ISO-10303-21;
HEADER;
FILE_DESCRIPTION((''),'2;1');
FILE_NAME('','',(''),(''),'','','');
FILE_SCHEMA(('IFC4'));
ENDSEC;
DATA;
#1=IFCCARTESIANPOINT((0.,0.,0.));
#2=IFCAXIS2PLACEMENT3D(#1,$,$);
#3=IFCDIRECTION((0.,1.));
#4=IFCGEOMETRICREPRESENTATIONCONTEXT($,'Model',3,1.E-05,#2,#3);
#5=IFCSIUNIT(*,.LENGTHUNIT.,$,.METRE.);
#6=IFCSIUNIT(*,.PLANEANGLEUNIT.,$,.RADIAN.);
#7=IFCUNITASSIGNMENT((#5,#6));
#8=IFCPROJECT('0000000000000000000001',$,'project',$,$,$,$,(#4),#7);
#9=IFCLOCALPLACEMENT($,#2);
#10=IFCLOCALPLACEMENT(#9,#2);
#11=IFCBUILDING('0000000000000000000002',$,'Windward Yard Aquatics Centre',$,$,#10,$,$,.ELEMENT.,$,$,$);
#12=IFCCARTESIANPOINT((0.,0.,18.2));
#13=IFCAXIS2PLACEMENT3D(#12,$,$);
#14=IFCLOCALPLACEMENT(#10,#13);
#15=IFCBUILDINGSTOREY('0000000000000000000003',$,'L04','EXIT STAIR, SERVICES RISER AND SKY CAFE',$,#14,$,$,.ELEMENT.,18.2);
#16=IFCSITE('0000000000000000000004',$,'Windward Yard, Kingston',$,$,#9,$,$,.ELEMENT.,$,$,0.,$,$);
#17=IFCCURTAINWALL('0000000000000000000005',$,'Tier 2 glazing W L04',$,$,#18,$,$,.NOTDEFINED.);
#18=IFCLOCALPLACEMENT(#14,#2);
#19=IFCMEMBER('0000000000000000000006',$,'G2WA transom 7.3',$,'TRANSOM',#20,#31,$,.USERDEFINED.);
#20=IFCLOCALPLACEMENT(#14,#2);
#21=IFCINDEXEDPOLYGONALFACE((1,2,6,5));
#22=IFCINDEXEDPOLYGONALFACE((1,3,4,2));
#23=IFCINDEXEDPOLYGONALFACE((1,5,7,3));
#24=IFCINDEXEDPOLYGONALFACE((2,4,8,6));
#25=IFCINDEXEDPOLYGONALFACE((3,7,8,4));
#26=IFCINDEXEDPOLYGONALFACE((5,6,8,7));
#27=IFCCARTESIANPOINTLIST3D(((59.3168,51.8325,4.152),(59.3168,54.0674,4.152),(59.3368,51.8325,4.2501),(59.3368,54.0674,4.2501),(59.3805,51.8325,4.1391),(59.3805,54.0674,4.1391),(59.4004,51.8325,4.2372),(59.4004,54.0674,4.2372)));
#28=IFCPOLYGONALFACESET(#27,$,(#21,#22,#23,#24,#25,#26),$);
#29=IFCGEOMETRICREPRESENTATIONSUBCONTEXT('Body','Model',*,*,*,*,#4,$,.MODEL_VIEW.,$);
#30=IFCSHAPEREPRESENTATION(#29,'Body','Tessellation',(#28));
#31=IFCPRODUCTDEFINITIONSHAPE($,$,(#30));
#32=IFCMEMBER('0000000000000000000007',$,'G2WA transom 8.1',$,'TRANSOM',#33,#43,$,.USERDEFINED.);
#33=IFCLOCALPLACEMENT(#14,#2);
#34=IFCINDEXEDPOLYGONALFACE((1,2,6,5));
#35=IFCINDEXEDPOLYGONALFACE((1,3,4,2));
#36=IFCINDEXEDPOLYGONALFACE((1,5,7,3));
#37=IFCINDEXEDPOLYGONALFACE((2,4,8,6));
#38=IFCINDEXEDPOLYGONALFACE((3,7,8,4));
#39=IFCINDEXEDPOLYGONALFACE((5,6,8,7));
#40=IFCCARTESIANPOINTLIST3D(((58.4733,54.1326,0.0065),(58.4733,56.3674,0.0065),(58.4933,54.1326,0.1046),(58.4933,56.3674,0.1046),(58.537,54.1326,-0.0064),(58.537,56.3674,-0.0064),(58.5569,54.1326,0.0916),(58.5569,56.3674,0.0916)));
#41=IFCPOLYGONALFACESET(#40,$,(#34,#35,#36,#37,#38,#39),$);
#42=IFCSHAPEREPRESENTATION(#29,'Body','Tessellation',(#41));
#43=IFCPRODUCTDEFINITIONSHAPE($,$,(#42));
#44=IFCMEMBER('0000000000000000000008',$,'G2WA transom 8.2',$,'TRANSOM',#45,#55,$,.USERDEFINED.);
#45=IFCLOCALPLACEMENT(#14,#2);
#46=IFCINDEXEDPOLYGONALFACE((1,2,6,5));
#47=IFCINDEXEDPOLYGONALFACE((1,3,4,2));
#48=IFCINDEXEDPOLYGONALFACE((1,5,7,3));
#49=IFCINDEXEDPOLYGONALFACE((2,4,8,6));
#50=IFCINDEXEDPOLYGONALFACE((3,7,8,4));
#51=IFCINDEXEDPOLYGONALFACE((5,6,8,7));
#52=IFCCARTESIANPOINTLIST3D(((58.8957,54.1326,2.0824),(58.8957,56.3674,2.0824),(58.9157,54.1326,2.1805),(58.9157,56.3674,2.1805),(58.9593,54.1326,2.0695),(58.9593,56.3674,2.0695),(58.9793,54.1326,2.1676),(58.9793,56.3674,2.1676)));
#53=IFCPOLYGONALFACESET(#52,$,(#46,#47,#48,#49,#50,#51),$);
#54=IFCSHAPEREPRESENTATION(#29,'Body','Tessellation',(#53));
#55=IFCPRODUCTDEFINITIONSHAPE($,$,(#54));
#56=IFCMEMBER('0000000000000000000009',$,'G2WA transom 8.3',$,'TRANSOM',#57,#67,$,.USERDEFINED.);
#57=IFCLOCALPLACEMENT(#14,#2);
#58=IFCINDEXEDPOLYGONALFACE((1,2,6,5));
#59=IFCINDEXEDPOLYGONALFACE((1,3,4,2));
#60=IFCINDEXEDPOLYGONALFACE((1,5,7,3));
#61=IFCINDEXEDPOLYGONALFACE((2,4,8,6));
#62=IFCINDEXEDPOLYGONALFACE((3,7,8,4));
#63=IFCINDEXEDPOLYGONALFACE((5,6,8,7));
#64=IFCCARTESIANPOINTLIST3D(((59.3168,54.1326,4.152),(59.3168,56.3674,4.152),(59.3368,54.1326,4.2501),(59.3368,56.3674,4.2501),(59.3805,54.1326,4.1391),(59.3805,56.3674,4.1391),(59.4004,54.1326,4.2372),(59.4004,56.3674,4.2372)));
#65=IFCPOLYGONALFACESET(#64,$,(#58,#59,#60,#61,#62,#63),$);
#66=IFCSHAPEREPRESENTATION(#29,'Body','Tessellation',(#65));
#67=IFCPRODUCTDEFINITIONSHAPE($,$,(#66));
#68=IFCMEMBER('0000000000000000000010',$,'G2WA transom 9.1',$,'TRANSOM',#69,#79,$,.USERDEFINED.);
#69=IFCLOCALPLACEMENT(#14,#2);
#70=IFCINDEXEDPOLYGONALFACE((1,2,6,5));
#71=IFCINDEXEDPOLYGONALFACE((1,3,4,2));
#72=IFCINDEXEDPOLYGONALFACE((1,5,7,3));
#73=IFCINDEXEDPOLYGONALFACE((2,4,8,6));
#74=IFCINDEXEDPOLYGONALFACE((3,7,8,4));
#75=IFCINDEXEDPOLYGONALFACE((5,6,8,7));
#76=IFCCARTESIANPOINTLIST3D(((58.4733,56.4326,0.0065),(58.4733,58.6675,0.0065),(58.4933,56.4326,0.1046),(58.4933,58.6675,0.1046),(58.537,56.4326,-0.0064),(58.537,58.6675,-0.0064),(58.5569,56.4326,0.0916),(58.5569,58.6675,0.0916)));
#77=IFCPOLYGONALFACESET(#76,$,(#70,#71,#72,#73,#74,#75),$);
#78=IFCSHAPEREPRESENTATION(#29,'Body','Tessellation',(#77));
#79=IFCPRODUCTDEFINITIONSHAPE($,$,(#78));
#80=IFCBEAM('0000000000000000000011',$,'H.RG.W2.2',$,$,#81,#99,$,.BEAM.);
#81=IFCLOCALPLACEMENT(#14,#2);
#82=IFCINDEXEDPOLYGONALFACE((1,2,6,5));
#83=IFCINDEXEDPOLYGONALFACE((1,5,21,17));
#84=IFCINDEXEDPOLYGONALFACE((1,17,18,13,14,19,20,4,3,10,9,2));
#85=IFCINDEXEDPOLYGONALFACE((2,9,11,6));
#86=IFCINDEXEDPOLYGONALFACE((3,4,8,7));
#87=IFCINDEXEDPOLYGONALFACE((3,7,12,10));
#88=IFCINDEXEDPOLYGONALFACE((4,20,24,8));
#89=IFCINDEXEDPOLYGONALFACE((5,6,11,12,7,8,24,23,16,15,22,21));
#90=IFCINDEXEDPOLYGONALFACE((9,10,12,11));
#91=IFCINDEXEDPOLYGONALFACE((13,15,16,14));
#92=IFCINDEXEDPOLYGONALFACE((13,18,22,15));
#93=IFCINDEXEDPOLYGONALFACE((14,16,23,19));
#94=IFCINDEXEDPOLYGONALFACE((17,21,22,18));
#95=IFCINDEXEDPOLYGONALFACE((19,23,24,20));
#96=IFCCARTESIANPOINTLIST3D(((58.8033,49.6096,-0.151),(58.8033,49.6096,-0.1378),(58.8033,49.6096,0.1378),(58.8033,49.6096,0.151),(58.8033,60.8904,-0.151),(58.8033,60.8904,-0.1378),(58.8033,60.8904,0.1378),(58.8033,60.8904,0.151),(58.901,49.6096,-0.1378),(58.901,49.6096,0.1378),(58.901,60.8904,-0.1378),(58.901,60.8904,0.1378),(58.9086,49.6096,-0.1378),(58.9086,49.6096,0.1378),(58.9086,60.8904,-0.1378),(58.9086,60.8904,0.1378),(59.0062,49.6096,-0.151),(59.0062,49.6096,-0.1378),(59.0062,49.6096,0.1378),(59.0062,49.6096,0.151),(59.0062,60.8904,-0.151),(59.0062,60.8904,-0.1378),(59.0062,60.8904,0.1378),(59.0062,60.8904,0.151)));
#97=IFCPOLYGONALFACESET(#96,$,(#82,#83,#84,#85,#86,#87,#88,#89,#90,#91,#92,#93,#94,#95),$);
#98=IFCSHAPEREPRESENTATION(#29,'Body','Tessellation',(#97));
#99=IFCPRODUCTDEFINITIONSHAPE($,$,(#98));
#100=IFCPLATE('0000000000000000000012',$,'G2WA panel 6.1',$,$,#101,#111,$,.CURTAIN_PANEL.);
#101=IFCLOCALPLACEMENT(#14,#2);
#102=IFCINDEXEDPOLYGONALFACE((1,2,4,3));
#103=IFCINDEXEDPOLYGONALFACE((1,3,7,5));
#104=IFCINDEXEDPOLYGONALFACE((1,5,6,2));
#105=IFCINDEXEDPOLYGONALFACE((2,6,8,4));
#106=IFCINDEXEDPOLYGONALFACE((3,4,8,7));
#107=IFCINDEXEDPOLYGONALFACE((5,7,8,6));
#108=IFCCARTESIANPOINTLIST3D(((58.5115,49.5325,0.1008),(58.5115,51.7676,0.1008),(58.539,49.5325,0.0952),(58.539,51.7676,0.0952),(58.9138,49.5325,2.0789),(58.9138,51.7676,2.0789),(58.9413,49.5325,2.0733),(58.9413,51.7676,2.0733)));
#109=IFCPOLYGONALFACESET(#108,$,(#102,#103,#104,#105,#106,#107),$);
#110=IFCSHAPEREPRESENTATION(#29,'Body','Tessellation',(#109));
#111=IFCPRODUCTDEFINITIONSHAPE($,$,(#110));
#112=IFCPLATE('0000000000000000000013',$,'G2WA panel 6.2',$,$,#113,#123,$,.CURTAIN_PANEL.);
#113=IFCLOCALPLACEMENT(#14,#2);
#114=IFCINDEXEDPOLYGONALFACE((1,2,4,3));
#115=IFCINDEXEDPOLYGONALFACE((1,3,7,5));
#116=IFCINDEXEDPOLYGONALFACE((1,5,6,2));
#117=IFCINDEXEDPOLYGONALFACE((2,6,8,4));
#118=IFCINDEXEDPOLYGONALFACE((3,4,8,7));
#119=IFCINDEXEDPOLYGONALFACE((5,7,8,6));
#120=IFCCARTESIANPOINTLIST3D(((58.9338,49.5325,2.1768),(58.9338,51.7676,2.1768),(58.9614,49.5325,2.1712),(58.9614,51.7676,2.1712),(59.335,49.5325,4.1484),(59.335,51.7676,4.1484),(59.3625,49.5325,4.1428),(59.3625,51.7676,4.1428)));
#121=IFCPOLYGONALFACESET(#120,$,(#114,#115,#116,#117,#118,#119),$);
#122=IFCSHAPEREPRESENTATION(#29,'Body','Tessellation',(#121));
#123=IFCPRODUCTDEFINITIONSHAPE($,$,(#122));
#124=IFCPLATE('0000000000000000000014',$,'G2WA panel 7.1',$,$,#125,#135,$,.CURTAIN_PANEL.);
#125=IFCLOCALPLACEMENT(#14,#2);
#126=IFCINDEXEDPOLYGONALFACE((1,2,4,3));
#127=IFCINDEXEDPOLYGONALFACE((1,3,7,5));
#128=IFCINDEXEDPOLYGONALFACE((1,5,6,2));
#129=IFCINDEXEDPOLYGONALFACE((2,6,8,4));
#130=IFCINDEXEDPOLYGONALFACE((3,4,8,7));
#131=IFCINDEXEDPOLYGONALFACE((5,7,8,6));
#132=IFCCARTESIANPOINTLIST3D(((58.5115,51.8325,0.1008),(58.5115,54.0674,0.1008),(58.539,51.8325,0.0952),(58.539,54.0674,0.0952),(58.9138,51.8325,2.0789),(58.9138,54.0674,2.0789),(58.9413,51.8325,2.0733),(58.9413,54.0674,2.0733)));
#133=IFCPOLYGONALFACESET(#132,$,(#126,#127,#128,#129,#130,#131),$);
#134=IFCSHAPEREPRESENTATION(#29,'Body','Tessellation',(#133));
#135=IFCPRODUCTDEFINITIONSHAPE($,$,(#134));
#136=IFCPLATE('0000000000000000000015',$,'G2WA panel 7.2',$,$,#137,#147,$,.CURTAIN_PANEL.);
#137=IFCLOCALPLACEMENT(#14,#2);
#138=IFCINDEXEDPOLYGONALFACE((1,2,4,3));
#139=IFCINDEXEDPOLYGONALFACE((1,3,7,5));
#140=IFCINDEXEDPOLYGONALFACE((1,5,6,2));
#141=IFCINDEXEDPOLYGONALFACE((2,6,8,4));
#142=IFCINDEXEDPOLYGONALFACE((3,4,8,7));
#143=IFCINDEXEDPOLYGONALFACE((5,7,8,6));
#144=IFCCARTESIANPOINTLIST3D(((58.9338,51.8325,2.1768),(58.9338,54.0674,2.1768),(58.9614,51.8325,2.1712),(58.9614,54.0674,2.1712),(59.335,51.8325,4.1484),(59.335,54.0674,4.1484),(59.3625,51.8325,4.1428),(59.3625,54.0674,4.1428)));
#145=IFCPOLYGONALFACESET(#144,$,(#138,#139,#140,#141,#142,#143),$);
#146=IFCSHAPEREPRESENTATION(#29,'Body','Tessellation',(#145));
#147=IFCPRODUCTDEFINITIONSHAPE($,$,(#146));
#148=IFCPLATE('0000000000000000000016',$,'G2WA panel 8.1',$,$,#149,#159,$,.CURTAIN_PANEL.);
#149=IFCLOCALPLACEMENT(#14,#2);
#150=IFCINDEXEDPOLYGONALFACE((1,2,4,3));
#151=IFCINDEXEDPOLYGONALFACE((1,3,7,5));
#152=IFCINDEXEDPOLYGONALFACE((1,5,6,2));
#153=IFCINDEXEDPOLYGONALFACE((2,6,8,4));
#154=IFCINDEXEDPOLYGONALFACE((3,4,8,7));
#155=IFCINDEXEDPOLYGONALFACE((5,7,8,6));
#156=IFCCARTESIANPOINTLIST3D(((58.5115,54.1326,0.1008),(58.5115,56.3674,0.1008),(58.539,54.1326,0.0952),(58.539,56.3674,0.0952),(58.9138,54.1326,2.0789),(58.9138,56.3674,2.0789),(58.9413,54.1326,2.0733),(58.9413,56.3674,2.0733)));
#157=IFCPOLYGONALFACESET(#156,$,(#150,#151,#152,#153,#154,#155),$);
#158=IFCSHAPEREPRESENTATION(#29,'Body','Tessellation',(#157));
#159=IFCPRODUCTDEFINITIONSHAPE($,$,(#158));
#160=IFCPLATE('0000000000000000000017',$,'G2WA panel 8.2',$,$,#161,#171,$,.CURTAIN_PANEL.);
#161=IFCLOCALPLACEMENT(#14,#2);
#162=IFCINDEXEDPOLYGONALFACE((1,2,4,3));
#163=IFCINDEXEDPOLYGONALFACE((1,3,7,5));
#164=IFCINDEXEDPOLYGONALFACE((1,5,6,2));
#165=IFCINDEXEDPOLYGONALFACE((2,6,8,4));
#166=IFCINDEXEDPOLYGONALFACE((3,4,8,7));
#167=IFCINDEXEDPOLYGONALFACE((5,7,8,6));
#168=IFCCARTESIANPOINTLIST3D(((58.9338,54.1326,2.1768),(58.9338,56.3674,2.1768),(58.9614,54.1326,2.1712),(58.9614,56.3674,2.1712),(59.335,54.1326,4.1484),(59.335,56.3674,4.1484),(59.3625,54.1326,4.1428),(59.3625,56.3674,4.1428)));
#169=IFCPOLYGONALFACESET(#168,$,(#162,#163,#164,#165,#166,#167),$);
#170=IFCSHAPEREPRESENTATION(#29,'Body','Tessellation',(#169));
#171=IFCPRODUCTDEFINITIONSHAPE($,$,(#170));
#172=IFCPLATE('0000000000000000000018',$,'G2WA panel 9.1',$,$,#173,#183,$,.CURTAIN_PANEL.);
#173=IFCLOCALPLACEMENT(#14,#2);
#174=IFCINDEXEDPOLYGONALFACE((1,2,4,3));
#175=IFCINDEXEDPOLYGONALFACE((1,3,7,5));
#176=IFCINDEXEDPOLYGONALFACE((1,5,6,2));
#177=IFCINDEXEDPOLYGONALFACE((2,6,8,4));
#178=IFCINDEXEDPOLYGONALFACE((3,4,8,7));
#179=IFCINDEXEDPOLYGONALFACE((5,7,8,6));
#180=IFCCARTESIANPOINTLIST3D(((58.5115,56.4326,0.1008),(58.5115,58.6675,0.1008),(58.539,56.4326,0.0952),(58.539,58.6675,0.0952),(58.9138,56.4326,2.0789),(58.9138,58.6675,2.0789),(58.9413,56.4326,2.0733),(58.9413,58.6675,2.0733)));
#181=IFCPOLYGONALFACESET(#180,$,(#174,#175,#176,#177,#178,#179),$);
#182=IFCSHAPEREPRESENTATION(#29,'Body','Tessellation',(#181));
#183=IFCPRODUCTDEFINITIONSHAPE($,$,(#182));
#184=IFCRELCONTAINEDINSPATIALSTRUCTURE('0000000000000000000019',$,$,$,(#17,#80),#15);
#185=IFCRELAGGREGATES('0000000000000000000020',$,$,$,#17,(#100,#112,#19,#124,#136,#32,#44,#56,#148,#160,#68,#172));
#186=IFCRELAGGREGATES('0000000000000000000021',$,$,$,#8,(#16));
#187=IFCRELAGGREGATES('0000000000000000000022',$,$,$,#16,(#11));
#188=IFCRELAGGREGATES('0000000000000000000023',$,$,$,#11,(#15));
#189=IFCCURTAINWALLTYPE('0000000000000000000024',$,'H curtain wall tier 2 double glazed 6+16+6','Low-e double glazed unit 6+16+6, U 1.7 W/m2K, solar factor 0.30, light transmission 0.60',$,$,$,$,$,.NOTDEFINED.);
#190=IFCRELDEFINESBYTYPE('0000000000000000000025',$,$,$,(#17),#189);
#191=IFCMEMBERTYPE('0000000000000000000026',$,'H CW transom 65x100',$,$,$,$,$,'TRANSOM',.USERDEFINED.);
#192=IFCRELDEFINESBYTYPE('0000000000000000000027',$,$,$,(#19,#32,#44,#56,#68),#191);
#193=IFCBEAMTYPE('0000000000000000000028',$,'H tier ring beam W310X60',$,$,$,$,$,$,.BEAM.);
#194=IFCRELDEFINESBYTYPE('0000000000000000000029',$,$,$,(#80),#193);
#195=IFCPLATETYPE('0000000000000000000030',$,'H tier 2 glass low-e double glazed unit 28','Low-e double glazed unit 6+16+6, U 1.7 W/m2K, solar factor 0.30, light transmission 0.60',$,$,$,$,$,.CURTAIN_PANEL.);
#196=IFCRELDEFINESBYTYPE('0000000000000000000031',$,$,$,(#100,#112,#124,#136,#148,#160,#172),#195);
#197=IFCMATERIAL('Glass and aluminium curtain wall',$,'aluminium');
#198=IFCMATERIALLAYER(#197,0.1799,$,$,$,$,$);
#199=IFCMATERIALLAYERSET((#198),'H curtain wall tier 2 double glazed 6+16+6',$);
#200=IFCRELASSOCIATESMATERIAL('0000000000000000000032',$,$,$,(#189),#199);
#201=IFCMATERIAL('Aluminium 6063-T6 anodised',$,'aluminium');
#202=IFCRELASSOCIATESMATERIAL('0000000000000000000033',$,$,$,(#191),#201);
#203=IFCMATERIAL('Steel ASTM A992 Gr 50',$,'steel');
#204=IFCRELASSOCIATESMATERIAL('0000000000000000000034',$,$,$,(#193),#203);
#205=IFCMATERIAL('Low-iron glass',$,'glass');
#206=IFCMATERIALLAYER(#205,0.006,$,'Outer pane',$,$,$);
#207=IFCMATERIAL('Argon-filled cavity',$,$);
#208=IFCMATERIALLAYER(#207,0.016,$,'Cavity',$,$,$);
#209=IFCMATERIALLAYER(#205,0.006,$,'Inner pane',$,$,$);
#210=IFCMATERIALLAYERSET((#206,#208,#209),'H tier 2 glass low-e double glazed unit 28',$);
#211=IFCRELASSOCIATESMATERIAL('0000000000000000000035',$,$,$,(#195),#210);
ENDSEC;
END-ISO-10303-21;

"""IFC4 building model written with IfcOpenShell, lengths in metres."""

from ifc_helpers import new_model, si_unit, direction, frame, origin, origin_2d, place, context, subcontext, project, spatial, polyline, rectangle, i_section, outline, extrude, material, layer, layer_set, material_profile, profile_set, type_object, element, aggregate, save


model = new_model("IFC4")

# Units and contexts
model_context = context("Model", 3, precision=1e-05, world=origin(), true_north=direction((0.0, 1.0)))
body_context = subcontext(model_context, "Body", "Model", "MODEL_VIEW")
ifc_project = project(units=[si_unit("LENGTHUNIT", "METRE"), si_unit("PLANEANGLEUNIT", "RADIAN")], contexts=[model_context])

# Site, building, storey
site_placement = place(None, origin())
site = spatial("IfcSite", under=ifc_project, at=site_placement, Name="Windward Yard, Kingston", CompositionType="ELEMENT", RefElevation=0.0)
building_placement = place(site_placement, origin())
building = spatial("IfcBuilding", under=site, at=building_placement, Name="Windward Yard Aquatics Centre", CompositionType="ELEMENT")
storey_placement = place(building_placement, frame((0.0, 0.0, 18.2)))
storey = spatial("IfcBuildingStorey", under=building, at=storey_placement, Name="L04", Description="EXIT STAIR, SERVICES RISER AND SKY CAFE", CompositionType="ELEMENT", Elevation=18.2)

# Curtain wall, members
ifc_material_1 = material(Name="Glass and aluminium curtain wall", Category="aluminium")
ifc_layer_1 = layer(ifc_material_1, 0.1799)
ifc_layer_set_1 = layer_set([ifc_layer_1], Name="H curtain wall tier 2 double glazed 6+16+6")
curtain_wall_type = type_object("IfcCurtainWallType", Name="H curtain wall tier 2 double glazed 6+16+6", Description="Low-e double glazed unit 6+16+6, U 1.7 W/m2K, solar factor 0.30, light transmission 0.60", PredefinedType="NOTDEFINED", material=ifc_layer_set_1)
curtain_wall_placement = place(storey_placement, origin())
curtain_wall = element("IfcCurtainWall", 1, at=curtain_wall_placement, inside=storey, type_object=curtain_wall_type, Name="Tier 2 glazing W L04", PredefinedType="NOTDEFINED")
ifc_material_2 = material(Name="Aluminium 6063-T6 anodised", Category="aluminium")
ifc_material_profile_1 = material_profile(ifc_material_2, rectangle(XDim=0.0649, YDim=0.1001, at=origin_2d()), Name="H CW transom 65x100")
ifc_profile_set_1 = profile_set([ifc_material_profile_1], Name="Aluminium 6063-T6 anodised")
member_type_1 = type_object("IfcMemberType", Name="H CW transom 65x100", ElementType="TRANSOM", PredefinedType="USERDEFINED", material=ifc_profile_set_1)
member_1_placement = place(storey_placement, frame((59.3586, 51.8325, 4.1946), z_axis=(0.0, 1.0, 0.0), x_axis=(-0.979925, 0.0, 0.199368)))
member_1 = element("IfcMember", 2, at=member_1_placement, type_object=member_type_1, Name="G2WA transom 7.3", ObjectType="TRANSOM", PredefinedType="USERDEFINED", context=body_context, shape_type="SweptSolid", body=[
    extrude(rectangle(XDim=0.0649, YDim=0.1001, at=origin_2d()), origin(), (0.0, 0.0, 1.0), 2.2349),
])
member_2_placement = place(storey_placement, frame((58.5151, 54.1326, 0.0491), z_axis=(0.0, 1.0, 0.0), x_axis=(-0.979925, 0.0, 0.199368)))
member_2 = element("IfcMember", 3, at=member_2_placement, type_object=member_type_1, Name="G2WA transom 8.1", ObjectType="TRANSOM", PredefinedType="USERDEFINED", context=body_context, shape_type="SweptSolid", body=[
    extrude(rectangle(XDim=0.0649, YDim=0.1001, at=origin_2d()), origin(), (0.0, 0.0, 1.0), 2.2349),
])
member_3_placement = place(storey_placement, frame((58.9375, 54.1326, 2.125), z_axis=(0.0, 1.0, 0.0), x_axis=(-0.979925, 0.0, 0.199368)))
member_3 = element("IfcMember", 4, at=member_3_placement, type_object=member_type_1, Name="G2WA transom 8.2", ObjectType="TRANSOM", PredefinedType="USERDEFINED", context=body_context, shape_type="SweptSolid", body=[
    extrude(rectangle(XDim=0.0649, YDim=0.1001, at=origin_2d()), origin(), (0.0, 0.0, 1.0), 2.2349),
])
member_4_placement = place(storey_placement, frame((59.3586, 54.1326, 4.1946), z_axis=(0.0, 1.0, 0.0), x_axis=(-0.979925, 0.0, 0.199368)))
member_4 = element("IfcMember", 5, at=member_4_placement, type_object=member_type_1, Name="G2WA transom 8.3", ObjectType="TRANSOM", PredefinedType="USERDEFINED", context=body_context, shape_type="SweptSolid", body=[
    extrude(rectangle(XDim=0.0649, YDim=0.1001, at=origin_2d()), origin(), (0.0, 0.0, 1.0), 2.2349),
])
member_5_placement = place(storey_placement, frame((58.5151, 56.4326, 0.0491), z_axis=(0.0, 1.0, 0.0), x_axis=(-0.979925, 0.0, 0.199368)))
member_5 = element("IfcMember", 6, at=member_5_placement, type_object=member_type_1, Name="G2WA transom 9.1", ObjectType="TRANSOM", PredefinedType="USERDEFINED", context=body_context, shape_type="SweptSolid", body=[
    extrude(rectangle(XDim=0.0649, YDim=0.1001, at=origin_2d()), origin(), (0.0, 0.0, 1.0), 2.2349),
])

# Beam
ifc_material_3 = material(Name="Steel ASTM A992 Gr 50", Category="steel")
ifc_material_profile_2 = material_profile(ifc_material_3, i_section(OverallWidth=0.2029, OverallDepth=0.302, WebThickness=0.0076, FlangeThickness=0.0132, at=origin_2d()), Name="W310X60")
ifc_profile_set_2 = profile_set([ifc_material_profile_2], Name="Steel ASTM A992 Gr 50")
beam_type = type_object("IfcBeamType", Name="H tier ring beam W310X60", PredefinedType="BEAM", material=ifc_profile_set_2)
beam_placement = place(storey_placement, frame((58.9048, 49.6096, 0.0), z_axis=(0.0, 1.0, 0.0), x_axis=(-1.0, 0.0, 0.0)))
element("IfcBeam", 7, at=beam_placement, inside=storey, type_object=beam_type, Name="H.RG.W2.2", PredefinedType="BEAM", context=body_context, shape_type="SweptSolid", body=[
    extrude(i_section(OverallWidth=0.2029, OverallDepth=0.302, WebThickness=0.0076, FlangeThickness=0.0132, at=origin_2d()), origin(), (0.0, 0.0, 1.0), 11.2808),
])

# Plates
ifc_material_4 = material(Name="Low-iron glass", Category="glass")
ifc_layer_2 = layer(ifc_material_4, 0.006, Name="Outer pane")
ifc_material_5 = material(Name="Argon-filled cavity")
ifc_layer_3 = layer(ifc_material_5, 0.016, Name="Cavity")
ifc_layer_4 = layer(ifc_material_4, 0.006, Name="Inner pane")
ifc_layer_set_2 = layer_set([ifc_layer_2, ifc_layer_3, ifc_layer_4], Name="H tier 2 glass low-e double glazed unit 28")
plate_type = type_object("IfcPlateType", Name="H tier 2 glass low-e double glazed unit 28", Description="Low-e double glazed unit 6+16+6, U 1.7 W/m2K, solar factor 0.30, light transmission 0.60", PredefinedType="CURTAIN_PANEL", material=ifc_layer_set_2)
plate_1_placement = place(storey_placement, frame((58.5115, 49.5325, 0.1008), z_axis=(-0.979933, 0.0, 0.199325), x_axis=(0.0, 1.0, 0.0)))
plate_1 = element("IfcPlate", 8, at=plate_1_placement, type_object=plate_type, Name="G2WA panel 6.1", PredefinedType="CURTAIN_PANEL", context=body_context, shape_type="SweptSolid", body=[
    extrude(outline(polyline([(0.0, 0.0), (2.2351, 0.0), (2.2351, -2.0185), (0.0, -2.0185), (0.0, 0.0)])), origin(), (0.0, 0.0, -1.0), 0.0281),
])
plate_2_placement = place(storey_placement, frame((58.9338, 49.5325, 2.1768), z_axis=(-0.979927, 0.0, 0.199359), x_axis=(0.0, 1.0, 0.0)))
plate_2 = element("IfcPlate", 9, at=plate_2_placement, type_object=plate_type, Name="G2WA panel 6.2", PredefinedType="CURTAIN_PANEL", context=body_context, shape_type="SweptSolid", body=[
    extrude(outline(polyline([(0.0, 0.0), (2.2351, 0.0), (2.2351, -2.0121), (0.0, -2.0121), (0.0, 0.0)])), origin(), (0.0, 0.0, -1.0), 0.0281),
])
plate_3_placement = place(storey_placement, frame((58.5115, 51.8325, 0.1008), z_axis=(-0.979933, 0.0, 0.199325), x_axis=(0.0, 1.0, 0.0)))
plate_3 = element("IfcPlate", 10, at=plate_3_placement, type_object=plate_type, Name="G2WA panel 7.1", PredefinedType="CURTAIN_PANEL", context=body_context, shape_type="SweptSolid", body=[
    extrude(outline(polyline([(0.0, 0.0), (2.2349, 0.0), (2.2349, -2.0185), (0.0, -2.0185), (0.0, 0.0)])), origin(), (0.0, 0.0, -1.0), 0.0281),
])
plate_4_placement = place(storey_placement, frame((58.9338, 51.8325, 2.1768), z_axis=(-0.979927, 0.0, 0.199359), x_axis=(0.0, 1.0, 0.0)))
plate_4 = element("IfcPlate", 11, at=plate_4_placement, type_object=plate_type, Name="G2WA panel 7.2", PredefinedType="CURTAIN_PANEL", context=body_context, shape_type="SweptSolid", body=[
    extrude(outline(polyline([(0.0, 0.0), (2.2349, 0.0), (2.2349, -2.0121), (0.0, -2.0121), (0.0, 0.0)])), origin(), (0.0, 0.0, -1.0), 0.0281),
])
plate_5_placement = place(storey_placement, frame((58.5115, 54.1326, 0.1008), z_axis=(-0.979933, 0.0, 0.199325), x_axis=(0.0, 1.0, 0.0)))
plate_5 = element("IfcPlate", 12, at=plate_5_placement, type_object=plate_type, Name="G2WA panel 8.1", PredefinedType="CURTAIN_PANEL", context=body_context, shape_type="SweptSolid", body=[
    extrude(outline(polyline([(0.0, 0.0), (2.2349, 0.0), (2.2349, -2.0185), (0.0, -2.0185), (0.0, 0.0)])), origin(), (0.0, 0.0, -1.0), 0.0281),
])
plate_6_placement = place(storey_placement, frame((58.9338, 54.1326, 2.1768), z_axis=(-0.979927, 0.0, 0.199359), x_axis=(0.0, 1.0, 0.0)))
plate_6 = element("IfcPlate", 13, at=plate_6_placement, type_object=plate_type, Name="G2WA panel 8.2", PredefinedType="CURTAIN_PANEL", context=body_context, shape_type="SweptSolid", body=[
    extrude(outline(polyline([(0.0, 0.0), (2.2349, 0.0), (2.2349, -2.0121), (0.0, -2.0121), (0.0, 0.0)])), origin(), (0.0, 0.0, -1.0), 0.0281),
])
plate_7_placement = place(storey_placement, frame((58.5115, 56.4326, 0.1008), z_axis=(-0.979933, 0.0, 0.199325), x_axis=(0.0, 1.0, 0.0)))
plate_7 = element("IfcPlate", 14, at=plate_7_placement, type_object=plate_type, Name="G2WA panel 9.1", PredefinedType="CURTAIN_PANEL", context=body_context, shape_type="SweptSolid", body=[
    extrude(outline(polyline([(0.0, 0.0), (2.2349, 0.0), (2.2349, -2.0185), (0.0, -2.0185), (0.0, 0.0)])), origin(), (0.0, 0.0, -1.0), 0.0281),
])
aggregate(curtain_wall, [plate_1, plate_2, member_1, plate_3, plate_4, member_2, member_3, member_4, plate_5, plate_6, member_5, plate_7])

save(model, "model.ifc")
